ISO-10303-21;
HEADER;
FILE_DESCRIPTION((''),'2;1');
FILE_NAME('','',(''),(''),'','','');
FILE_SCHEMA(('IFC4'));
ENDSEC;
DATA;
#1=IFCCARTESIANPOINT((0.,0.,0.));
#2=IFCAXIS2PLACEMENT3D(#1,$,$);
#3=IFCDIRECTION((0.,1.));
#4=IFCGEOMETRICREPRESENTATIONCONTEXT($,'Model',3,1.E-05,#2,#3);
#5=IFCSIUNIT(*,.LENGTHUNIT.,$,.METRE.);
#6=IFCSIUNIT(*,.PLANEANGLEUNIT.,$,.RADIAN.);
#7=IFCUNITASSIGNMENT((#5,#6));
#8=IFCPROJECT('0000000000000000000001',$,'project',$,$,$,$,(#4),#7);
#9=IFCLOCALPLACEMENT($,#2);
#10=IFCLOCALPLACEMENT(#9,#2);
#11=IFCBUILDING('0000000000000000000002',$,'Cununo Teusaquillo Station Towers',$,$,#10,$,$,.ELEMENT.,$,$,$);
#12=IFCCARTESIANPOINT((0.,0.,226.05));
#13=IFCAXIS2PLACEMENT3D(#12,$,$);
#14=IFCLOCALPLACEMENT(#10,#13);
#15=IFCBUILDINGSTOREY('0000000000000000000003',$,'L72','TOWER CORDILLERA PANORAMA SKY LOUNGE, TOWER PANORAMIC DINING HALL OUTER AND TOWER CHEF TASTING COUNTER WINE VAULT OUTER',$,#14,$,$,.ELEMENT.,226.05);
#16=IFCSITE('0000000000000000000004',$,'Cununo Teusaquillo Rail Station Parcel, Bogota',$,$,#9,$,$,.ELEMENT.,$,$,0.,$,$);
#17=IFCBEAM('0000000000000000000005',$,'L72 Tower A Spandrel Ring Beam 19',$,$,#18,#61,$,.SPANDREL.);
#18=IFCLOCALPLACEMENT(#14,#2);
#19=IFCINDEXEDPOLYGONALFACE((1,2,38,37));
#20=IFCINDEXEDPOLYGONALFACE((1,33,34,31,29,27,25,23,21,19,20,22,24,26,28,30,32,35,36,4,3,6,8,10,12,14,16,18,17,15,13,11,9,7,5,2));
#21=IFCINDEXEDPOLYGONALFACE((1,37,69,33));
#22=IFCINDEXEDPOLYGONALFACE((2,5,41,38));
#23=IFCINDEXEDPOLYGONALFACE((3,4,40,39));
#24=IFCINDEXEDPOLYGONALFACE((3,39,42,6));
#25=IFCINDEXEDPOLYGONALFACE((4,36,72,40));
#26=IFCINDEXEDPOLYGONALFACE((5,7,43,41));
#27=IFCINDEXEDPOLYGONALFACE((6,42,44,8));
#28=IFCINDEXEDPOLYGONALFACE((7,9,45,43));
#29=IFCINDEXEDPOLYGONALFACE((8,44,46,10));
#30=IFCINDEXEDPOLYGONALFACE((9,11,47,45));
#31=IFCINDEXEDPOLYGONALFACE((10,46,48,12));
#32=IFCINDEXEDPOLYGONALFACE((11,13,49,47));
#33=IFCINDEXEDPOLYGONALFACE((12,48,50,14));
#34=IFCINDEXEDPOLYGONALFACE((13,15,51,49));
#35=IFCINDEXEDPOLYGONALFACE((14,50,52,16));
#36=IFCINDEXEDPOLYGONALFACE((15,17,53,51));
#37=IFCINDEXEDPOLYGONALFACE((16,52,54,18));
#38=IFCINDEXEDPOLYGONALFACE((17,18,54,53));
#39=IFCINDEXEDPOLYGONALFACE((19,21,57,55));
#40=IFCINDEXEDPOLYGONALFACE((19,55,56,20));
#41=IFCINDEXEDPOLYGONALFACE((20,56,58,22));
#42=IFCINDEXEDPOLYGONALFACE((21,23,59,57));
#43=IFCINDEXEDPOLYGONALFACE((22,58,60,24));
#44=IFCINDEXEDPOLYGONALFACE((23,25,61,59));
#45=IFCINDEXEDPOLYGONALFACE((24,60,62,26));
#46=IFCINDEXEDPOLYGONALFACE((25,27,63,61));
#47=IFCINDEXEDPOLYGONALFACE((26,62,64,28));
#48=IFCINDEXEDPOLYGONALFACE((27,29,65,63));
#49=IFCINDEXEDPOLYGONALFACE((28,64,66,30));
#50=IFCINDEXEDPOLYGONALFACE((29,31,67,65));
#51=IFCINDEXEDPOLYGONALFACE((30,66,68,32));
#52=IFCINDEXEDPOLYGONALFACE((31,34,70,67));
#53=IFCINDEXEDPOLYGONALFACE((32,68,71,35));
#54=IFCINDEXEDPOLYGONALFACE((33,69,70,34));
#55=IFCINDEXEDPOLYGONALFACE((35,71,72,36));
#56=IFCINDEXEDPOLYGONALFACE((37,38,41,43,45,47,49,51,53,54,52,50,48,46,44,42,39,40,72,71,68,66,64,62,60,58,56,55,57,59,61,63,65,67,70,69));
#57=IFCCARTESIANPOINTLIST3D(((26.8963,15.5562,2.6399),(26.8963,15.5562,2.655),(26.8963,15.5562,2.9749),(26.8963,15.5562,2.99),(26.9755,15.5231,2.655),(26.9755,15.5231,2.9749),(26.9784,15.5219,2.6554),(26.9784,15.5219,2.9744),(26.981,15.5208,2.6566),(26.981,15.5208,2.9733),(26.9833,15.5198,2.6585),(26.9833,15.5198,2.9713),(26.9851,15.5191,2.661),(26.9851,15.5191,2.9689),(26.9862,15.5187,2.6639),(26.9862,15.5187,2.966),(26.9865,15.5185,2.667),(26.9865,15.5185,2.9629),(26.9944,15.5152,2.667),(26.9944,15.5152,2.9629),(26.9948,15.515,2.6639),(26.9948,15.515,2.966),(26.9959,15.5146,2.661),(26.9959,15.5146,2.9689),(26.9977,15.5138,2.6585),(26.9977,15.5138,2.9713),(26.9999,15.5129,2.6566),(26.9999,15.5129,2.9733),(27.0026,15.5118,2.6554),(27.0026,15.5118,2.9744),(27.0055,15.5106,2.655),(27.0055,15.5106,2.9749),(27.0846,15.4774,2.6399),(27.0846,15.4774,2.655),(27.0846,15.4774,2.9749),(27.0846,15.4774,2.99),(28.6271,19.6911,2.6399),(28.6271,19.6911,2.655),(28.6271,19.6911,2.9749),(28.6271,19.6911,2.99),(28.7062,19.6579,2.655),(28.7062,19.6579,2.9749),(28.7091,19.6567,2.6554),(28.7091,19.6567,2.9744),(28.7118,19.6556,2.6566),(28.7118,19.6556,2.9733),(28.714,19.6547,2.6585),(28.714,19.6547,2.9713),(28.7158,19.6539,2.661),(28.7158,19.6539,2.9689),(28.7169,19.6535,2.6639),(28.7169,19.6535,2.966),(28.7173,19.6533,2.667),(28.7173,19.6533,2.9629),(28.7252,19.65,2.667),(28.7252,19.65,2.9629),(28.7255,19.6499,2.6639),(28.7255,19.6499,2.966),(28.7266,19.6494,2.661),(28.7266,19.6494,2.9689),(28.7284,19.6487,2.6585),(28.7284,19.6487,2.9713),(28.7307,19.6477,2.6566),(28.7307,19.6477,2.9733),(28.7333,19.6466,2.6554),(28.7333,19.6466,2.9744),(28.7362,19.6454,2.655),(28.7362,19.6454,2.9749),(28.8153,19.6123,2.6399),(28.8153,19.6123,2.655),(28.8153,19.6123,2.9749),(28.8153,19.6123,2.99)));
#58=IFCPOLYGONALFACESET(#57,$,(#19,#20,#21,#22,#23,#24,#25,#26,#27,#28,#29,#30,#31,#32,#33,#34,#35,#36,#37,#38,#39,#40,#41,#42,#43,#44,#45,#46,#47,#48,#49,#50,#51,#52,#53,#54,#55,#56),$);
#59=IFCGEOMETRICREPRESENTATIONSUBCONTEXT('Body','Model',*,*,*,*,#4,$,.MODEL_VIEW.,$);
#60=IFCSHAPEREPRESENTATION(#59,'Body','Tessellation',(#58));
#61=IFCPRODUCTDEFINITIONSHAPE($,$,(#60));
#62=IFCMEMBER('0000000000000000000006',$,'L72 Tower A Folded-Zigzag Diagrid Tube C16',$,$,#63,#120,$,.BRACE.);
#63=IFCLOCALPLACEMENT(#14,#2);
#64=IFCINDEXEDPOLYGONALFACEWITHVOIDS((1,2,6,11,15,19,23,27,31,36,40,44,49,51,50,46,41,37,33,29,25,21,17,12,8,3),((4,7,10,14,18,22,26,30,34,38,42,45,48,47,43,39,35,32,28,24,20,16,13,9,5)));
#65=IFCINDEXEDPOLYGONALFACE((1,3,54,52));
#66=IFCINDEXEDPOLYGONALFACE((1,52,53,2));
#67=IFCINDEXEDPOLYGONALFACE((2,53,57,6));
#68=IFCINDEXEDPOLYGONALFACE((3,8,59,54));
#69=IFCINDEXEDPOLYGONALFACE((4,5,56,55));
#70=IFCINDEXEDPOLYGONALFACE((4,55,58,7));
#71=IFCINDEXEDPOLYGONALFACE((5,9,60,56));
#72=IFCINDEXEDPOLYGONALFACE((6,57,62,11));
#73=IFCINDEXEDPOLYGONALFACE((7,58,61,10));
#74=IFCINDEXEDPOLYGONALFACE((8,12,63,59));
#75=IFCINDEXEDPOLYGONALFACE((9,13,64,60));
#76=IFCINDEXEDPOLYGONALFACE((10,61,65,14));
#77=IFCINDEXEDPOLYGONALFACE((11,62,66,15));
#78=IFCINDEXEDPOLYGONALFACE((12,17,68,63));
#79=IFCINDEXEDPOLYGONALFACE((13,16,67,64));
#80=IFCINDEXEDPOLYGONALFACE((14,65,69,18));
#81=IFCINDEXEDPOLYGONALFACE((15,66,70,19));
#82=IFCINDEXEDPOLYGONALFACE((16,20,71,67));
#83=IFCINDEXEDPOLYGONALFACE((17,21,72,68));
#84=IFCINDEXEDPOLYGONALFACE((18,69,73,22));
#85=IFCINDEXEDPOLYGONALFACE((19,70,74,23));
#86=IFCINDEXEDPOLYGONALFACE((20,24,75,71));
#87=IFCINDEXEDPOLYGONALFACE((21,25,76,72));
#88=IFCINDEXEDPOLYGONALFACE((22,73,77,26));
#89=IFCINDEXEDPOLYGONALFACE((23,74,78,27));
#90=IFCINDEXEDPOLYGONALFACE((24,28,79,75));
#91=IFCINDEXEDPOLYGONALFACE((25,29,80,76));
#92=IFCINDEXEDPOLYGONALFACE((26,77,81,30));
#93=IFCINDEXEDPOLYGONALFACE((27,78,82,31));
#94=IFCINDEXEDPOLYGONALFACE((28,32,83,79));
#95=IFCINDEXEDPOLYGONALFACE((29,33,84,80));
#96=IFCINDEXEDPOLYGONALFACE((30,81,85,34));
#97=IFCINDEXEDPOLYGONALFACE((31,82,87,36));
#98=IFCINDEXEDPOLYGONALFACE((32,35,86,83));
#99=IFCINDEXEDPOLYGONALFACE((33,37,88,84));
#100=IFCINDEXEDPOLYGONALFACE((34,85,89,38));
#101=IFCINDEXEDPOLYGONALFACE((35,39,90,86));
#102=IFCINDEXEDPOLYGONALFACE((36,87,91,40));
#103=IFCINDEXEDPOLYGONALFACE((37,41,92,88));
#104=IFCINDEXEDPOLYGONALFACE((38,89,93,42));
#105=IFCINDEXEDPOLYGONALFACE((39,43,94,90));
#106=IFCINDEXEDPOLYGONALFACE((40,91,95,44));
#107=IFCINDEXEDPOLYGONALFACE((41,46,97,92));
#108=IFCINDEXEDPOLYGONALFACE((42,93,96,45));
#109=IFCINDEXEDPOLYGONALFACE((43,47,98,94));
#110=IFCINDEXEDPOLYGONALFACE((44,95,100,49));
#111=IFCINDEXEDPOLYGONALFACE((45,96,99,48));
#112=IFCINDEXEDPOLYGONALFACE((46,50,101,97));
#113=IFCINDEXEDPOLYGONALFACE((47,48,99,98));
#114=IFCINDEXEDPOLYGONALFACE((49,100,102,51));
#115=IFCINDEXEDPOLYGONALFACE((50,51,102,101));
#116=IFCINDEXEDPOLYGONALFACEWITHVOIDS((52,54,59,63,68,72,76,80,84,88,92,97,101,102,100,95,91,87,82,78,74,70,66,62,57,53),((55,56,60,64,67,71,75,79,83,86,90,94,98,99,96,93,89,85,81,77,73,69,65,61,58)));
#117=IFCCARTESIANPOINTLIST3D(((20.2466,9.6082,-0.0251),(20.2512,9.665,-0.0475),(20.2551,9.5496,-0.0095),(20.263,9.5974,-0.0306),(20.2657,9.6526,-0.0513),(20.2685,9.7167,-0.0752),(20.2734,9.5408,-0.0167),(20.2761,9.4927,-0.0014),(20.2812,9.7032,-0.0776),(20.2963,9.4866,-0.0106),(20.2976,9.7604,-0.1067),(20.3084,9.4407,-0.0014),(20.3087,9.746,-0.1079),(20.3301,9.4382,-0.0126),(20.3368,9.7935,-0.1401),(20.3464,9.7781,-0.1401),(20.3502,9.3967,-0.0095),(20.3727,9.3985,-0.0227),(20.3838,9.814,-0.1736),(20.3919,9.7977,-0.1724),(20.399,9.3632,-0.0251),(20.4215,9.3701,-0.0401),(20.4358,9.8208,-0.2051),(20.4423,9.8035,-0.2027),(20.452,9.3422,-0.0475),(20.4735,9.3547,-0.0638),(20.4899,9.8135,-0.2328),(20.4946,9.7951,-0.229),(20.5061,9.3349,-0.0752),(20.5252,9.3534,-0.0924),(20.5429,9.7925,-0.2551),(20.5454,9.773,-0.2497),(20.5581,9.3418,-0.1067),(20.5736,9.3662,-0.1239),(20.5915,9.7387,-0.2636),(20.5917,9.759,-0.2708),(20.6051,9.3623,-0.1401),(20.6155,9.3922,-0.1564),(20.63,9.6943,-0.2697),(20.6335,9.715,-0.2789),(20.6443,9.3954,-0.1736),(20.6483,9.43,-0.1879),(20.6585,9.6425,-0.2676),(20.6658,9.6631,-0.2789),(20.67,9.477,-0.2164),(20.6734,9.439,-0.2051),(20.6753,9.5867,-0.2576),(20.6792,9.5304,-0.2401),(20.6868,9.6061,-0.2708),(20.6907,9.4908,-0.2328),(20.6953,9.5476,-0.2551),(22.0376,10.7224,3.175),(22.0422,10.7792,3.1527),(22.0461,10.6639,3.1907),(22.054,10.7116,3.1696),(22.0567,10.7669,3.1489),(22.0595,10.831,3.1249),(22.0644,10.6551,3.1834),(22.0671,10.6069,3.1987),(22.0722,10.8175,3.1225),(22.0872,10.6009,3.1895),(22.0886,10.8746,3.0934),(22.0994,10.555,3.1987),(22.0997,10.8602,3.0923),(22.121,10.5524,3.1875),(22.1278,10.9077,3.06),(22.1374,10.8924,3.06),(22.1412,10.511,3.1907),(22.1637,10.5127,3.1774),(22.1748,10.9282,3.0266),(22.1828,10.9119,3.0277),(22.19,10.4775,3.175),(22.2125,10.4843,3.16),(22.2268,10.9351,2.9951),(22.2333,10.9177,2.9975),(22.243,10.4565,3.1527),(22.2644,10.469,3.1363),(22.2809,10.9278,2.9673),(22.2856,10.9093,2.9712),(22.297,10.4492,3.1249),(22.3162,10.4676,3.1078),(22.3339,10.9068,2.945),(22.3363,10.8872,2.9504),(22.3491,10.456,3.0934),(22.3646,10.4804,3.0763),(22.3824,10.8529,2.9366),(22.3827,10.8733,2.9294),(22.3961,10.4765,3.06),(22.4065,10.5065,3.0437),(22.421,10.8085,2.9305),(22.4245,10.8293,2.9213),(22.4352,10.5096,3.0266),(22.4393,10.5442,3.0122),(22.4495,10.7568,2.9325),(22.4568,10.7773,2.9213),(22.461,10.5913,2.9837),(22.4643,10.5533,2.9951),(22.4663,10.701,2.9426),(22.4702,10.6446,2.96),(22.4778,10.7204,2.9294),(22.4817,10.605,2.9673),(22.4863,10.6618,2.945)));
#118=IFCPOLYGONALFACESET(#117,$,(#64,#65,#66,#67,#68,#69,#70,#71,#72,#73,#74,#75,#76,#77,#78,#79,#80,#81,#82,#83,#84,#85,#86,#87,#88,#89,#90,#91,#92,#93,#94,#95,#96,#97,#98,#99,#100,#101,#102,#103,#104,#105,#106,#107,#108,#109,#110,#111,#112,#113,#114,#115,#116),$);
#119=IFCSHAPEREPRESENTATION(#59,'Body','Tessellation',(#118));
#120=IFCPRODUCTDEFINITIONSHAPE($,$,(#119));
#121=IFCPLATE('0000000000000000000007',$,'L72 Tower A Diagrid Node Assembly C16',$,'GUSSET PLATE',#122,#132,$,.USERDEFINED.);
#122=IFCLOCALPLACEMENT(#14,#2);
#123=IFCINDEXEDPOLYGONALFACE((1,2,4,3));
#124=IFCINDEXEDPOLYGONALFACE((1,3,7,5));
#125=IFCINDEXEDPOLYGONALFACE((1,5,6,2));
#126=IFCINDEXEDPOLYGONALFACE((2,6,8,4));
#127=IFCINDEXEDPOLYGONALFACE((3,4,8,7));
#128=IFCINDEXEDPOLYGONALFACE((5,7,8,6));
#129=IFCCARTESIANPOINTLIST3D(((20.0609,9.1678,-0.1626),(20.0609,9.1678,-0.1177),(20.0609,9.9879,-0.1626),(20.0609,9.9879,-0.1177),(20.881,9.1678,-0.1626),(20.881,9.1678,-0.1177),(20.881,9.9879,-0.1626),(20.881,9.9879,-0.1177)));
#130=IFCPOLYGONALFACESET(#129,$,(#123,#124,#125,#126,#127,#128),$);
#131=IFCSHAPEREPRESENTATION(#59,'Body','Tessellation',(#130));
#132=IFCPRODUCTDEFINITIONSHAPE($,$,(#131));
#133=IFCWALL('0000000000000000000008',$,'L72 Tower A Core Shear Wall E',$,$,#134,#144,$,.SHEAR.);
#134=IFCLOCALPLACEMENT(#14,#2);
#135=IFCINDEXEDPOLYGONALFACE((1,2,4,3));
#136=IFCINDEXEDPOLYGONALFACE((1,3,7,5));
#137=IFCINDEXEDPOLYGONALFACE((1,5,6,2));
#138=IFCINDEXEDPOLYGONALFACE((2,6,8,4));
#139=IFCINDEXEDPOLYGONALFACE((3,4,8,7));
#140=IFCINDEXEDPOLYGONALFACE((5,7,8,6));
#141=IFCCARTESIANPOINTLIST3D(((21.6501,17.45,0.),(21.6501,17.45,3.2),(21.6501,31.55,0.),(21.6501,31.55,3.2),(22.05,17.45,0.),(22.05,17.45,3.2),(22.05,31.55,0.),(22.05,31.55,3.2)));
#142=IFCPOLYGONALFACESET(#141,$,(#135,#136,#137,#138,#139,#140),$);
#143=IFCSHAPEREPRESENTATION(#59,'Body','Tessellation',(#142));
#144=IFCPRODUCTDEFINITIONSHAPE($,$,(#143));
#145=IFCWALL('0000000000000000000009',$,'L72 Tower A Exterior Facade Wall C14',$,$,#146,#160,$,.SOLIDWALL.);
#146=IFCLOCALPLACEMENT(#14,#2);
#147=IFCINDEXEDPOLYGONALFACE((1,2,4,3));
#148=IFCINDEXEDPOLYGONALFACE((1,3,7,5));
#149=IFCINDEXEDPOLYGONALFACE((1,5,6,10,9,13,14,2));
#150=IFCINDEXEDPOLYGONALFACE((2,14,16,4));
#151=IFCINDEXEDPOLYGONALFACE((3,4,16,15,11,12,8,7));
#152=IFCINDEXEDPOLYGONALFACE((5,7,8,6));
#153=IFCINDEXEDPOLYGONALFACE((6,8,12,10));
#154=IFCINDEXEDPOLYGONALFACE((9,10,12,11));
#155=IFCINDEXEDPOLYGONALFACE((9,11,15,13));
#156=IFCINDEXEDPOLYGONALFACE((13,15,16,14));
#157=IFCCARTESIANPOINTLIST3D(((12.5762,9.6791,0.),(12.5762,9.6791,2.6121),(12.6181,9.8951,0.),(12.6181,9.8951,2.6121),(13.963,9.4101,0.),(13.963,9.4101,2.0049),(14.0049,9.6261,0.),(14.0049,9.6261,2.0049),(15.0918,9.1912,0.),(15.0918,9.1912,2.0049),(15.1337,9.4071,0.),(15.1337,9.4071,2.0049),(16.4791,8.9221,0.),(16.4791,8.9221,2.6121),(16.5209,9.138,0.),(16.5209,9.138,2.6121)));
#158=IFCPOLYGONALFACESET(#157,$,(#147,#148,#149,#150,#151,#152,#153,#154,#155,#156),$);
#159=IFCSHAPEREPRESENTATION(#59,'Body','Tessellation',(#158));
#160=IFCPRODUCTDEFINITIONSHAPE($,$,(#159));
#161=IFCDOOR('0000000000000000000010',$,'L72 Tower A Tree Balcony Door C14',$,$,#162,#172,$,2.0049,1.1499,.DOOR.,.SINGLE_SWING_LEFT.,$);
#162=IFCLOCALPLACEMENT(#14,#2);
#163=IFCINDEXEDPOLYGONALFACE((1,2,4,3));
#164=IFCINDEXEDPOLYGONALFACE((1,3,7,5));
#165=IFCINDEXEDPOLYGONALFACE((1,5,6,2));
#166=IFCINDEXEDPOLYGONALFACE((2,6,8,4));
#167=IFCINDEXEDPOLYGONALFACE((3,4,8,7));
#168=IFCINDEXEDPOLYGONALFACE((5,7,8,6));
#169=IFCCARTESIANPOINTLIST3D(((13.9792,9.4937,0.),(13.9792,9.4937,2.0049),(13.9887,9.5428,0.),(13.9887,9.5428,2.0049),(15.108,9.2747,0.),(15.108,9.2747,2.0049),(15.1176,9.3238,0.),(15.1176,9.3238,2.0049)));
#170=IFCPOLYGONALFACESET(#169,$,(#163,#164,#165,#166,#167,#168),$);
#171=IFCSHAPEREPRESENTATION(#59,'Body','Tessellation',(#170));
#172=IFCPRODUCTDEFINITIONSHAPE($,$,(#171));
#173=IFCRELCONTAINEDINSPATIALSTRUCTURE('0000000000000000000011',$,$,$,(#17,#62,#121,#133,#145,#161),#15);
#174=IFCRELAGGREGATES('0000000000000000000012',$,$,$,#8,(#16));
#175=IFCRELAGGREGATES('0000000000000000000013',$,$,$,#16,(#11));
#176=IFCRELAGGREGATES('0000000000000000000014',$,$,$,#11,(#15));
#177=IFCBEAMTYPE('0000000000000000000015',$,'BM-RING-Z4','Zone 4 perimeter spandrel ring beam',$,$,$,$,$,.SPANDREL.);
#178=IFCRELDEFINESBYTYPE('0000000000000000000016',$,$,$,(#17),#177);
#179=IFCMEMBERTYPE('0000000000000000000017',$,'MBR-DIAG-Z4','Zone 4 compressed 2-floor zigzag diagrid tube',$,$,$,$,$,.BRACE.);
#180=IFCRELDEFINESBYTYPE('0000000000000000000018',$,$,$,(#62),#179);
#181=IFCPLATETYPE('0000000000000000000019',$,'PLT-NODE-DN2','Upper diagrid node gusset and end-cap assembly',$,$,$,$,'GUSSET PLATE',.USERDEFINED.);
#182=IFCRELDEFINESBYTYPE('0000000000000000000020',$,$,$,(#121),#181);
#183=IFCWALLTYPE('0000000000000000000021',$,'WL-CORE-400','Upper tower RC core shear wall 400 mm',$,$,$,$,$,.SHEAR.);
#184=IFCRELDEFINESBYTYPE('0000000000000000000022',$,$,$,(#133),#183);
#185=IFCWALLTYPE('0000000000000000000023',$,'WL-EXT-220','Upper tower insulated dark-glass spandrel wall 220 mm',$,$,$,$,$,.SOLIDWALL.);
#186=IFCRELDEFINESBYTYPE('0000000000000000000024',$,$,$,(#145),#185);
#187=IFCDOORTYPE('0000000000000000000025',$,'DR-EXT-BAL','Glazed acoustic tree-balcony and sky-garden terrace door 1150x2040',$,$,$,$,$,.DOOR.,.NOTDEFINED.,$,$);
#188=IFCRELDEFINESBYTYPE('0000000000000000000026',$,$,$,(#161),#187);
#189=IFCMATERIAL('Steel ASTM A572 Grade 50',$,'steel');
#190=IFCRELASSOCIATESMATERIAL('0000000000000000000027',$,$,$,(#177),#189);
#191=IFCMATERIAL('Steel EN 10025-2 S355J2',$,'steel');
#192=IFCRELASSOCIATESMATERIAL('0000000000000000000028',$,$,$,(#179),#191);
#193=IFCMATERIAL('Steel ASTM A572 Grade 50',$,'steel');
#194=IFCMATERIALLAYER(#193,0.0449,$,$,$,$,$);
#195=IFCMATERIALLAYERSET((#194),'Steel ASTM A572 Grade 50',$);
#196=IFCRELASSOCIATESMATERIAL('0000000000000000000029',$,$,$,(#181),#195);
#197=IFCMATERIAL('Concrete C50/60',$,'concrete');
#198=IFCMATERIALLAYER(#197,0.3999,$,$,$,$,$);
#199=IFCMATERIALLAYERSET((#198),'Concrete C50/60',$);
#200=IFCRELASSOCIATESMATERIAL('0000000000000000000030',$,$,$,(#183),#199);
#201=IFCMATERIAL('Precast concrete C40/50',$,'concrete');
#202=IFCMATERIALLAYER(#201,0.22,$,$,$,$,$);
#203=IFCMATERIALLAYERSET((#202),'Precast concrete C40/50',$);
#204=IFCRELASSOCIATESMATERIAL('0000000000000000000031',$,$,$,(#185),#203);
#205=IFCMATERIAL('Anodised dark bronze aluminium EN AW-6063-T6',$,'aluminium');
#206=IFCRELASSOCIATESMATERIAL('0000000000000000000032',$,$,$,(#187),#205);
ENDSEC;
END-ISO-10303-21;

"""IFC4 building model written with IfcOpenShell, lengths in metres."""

from ifc_helpers import new_model, si_unit, direction, frame, frame_2d, origin, origin_2d, place, context, subcontext, project, spatial, rectangle, hollow_circle, i_section, extrude, source, transform, mapped, material, layer, layer_set, material_profile, profile_set, type_object, element, fill, save


model = new_model("IFC4")

# Units and contexts
model_context = context("Model", 3, precision=1e-05, world=origin(), true_north=direction((0.0, 1.0)))
body_context = subcontext(model_context, "Body", "Model", "MODEL_VIEW")
ifc_project = project(units=[si_unit("LENGTHUNIT", "METRE"), si_unit("PLANEANGLEUNIT", "RADIAN")], contexts=[model_context])

# Site, building, storey
site_placement = place(None, origin())
site = spatial("IfcSite", under=ifc_project, at=site_placement, Name="Cununo Teusaquillo Rail Station Parcel, Bogota", CompositionType="ELEMENT", RefElevation=0.0)
building_placement = place(site_placement, origin())
building = spatial("IfcBuilding", under=site, at=building_placement, Name="Cununo Teusaquillo Station Towers", CompositionType="ELEMENT")
storey_placement = place(building_placement, frame((0.0, 0.0, 226.05)))
storey = spatial("IfcBuildingStorey", under=building, at=storey_placement, Name="L72", Description="TOWER CORDILLERA PANORAMA SKY LOUNGE, TOWER PANORAMIC DINING HALL OUTER AND TOWER CHEF TASTING COUNTER WINE VAULT OUTER", CompositionType="ELEMENT", Elevation=226.05)

# Beam
ifc_material_1 = material(Name="Steel ASTM A572 Grade 50", Category="steel")
ifc_material_profile_1 = material_profile(ifc_material_1, i_section(OverallWidth=0.2041, OverallDepth=0.3501, WebThickness=0.0085, FlangeThickness=0.0151, FilletRadius=0.012, at=origin_2d()), Name="W14X48")
ifc_profile_set_1 = profile_set([ifc_material_profile_1], Name="Steel ASTM A572 Grade 50")
beam_type_1 = type_object("IfcBeamType", Name="BM-RING-Z4", Description="Zone 4 perimeter spandrel ring beam", PredefinedType="SPANDREL", material=ifc_profile_set_1)
beam_1_placement = place(storey_placement, frame((26.9905, 15.5168, 2.8149), z_axis=(0.386115, 0.92245, 0.0), x_axis=(-0.92245, 0.386115, 0.0)))
element("IfcBeam", 1, at=beam_1_placement, inside=storey, type_object=beam_type_1, Name="L72 Tower A Spandrel Ring Beam 19", PredefinedType="SPANDREL", context=body_context, shape_type="SweptSolid", body=[
    extrude(i_section(OverallWidth=0.2041, OverallDepth=0.3501, WebThickness=0.0085, FlangeThickness=0.0151, FilletRadius=0.012, at=origin_2d()), origin(), (0.0, 0.0, 1.0), 4.4824),
])

# Member
ifc_material_2 = material(Name="Steel EN 10025-2 S355J2", Category="steel")
ifc_material_profile_2 = material_profile(ifc_material_2, hollow_circle(Radius=0.2539, WallThickness=0.0181, at=origin_2d()), Name="CHS 508x18")
ifc_profile_set_2 = profile_set([ifc_material_profile_2], Name="Steel EN 10025-2 S355J2")
member_type = type_object("IfcMemberType", Name="MBR-DIAG-Z4", Description="Zone 4 compressed 2-floor zigzag diagrid tube", PredefinedType="BRACE", material=ifc_profile_set_2)
member_placement = place(storey_placement, frame((20.4709, 9.5779, -0.1401), z_axis=(0.467283, 0.290714, 0.834944), x_axis=(-0.52825, 0.849089, 0.0)))
element("IfcMember", 2, at=member_placement, inside=storey, type_object=member_type, Name="L72 Tower A Folded-Zigzag Diagrid Tube C16", PredefinedType="BRACE", context=body_context, shape_type="SweptSolid", body=[
    extrude(hollow_circle(Radius=0.2539, WallThickness=0.0181, at=origin_2d()), origin(), (0.0, 0.0, 1.0), 3.8328),
])

# Plate
ifc_material_3 = material(Name="Steel ASTM A572 Grade 50", Category="steel")
ifc_layer_1 = layer(ifc_material_3, 0.0449)
ifc_layer_set_1 = layer_set([ifc_layer_1], Name="Steel ASTM A572 Grade 50")
plate_type = type_object("IfcPlateType", Name="PLT-NODE-DN2", Description="Upper diagrid node gusset and end-cap assembly", ElementType="GUSSET PLATE", PredefinedType="USERDEFINED", material=ifc_layer_set_1)
shared_shape_1 = source(origin(), body_context, "Body", "SweptSolid", [
    extrude(rectangle(XDim=0.8201, YDim=0.8201, at=origin_2d()), origin(), (0.0, 0.0, 1.0), 0.0449),
])
plate_placement = place(storey_placement, frame((20.4709, 9.5779, -0.1626), z_axis=(0.0, 0.0, 1.0), x_axis=(1.0, 0.0, 0.0)))
element("IfcPlate", 3, at=plate_placement, inside=storey, type_object=plate_type, Name="L72 Tower A Diagrid Node Assembly C16", ObjectType="GUSSET PLATE", PredefinedType="USERDEFINED", context=body_context, shape_type="MappedRepresentation", body=[
    mapped(shared_shape_1, transform((0.0, 0.0, 0.0), x_axis=(1.0, 0.0, 0.0), y_axis=(0.0, 1.0, 0.0), z_axis=(0.0, 0.0, 1.0), scale=1.0)),
])

# Wall
ifc_material_4 = material(Name="Concrete C50/60", Category="concrete")
ifc_layer_2 = layer(ifc_material_4, 0.3999)
ifc_layer_set_2 = layer_set([ifc_layer_2], Name="Concrete C50/60")
wall_type_1 = type_object("IfcWallType", Name="WL-CORE-400", Description="Upper tower RC core shear wall 400 mm", PredefinedType="SHEAR", material=ifc_layer_set_2)
wall_1_placement = place(storey_placement, frame((21.8501, 17.45, 0.0), z_axis=(0.0, 0.0, 1.0), x_axis=(0.0, 1.0, 0.0)))
element("IfcWall", 4, at=wall_1_placement, inside=storey, type_object=wall_type_1, Name="L72 Tower A Core Shear Wall E", PredefinedType="SHEAR", context=body_context, shape_type="SweptSolid", body=[
    extrude(rectangle(XDim=14.1001, YDim=0.3999, at=frame_2d((7.05, 0.0))), origin(), (0.0, 0.0, 1.0), 3.2),
])

# Wall, opening, door
ifc_material_5 = material(Name="Precast concrete C40/50", Category="concrete")
ifc_layer_3 = layer(ifc_material_5, 0.22)
ifc_layer_set_3 = layer_set([ifc_layer_3], Name="Precast concrete C40/50")
wall_type_2 = type_object("IfcWallType", Name="WL-EXT-220", Description="Upper tower insulated dark-glass spandrel wall 220 mm", PredefinedType="SOLIDWALL", material=ifc_layer_set_3)
wall_2_placement = place(storey_placement, frame((16.5, 9.03, 0.0), z_axis=(0.0, 0.0, 1.0), x_axis=(-0.9817, 0.190432, 0.0)))
wall_2 = element("IfcWall", 5, at=wall_2_placement, inside=storey, type_object=wall_type_2, Name="L72 Tower A Exterior Facade Wall C14", PredefinedType="SOLIDWALL", context=body_context, shape_type="SweptSolid", body=[
    extrude(rectangle(XDim=3.9756, YDim=0.22, at=frame_2d((1.9878, 0.0))), origin(), (0.0, 0.0, 1.0), 2.6121),
])
shared_shape_2 = source(origin(), body_context, "Body", "SweptSolid", [
    extrude(rectangle(XDim=1.1499, YDim=2.0049, at=frame_2d((0.575, 1.0024))), frame((0.0, 0.1199, 0.0), z_axis=(0.0, -1.0, 0.0), x_axis=(1.0, 0.0, 0.0)), (0.0, 0.0, 1.0), 0.24),
])
opening_1_placement = place(wall_2_placement, frame((1.4131, 0.0, 0.0)))
opening_1 = element("IfcOpeningElement", 6, at=opening_1_placement, cuts=wall_2, PredefinedType="OPENING", context=body_context, shape_type="MappedRepresentation", body=[
    mapped(shared_shape_2, transform((0.0, 0.0, 0.0), x_axis=(1.0, 0.0, 0.0), y_axis=(0.0, 1.0, 0.0), z_axis=(0.0, 0.0, 1.0), scale=1.0)),
])
ifc_material_6 = material(Name="Anodised dark bronze aluminium EN AW-6063-T6", Category="aluminium")
door_type_1 = type_object("IfcDoorType", Name="DR-EXT-BAL", Description="Glazed acoustic tree-balcony and sky-garden terrace door 1150x2040", OperationType="NOTDEFINED", PredefinedType="DOOR", material=ifc_material_6)
shared_shape_3 = source(origin(), body_context, "Body", "SweptSolid", [
    extrude(rectangle(XDim=1.1499, YDim=2.0049, at=frame_2d((0.575, 1.0024))), frame((0.0, 0.0249, 0.0), z_axis=(0.0, -1.0, 0.0), x_axis=(1.0, 0.0, 0.0)), (0.0, 0.0, 1.0), 0.05),
])
door_1_placement = place(opening_1_placement, origin())
door_1 = element("IfcDoor", 7, at=door_1_placement, inside=storey, type_object=door_type_1, Name="L72 Tower A Tree Balcony Door C14", OperationType="SINGLE_SWING_LEFT", OverallHeight=2.0049, OverallWidth=1.1499, PredefinedType="DOOR", context=body_context, shape_type="MappedRepresentation", body=[
    mapped(shared_shape_3, transform((0.0, 0.0, 0.0), x_axis=(1.0, 0.0, 0.0), y_axis=(0.0, 1.0, 0.0), z_axis=(0.0, 0.0, 1.0), scale=1.0)),
])
fill(opening_1, door_1)

save(model, "model.ifc")
